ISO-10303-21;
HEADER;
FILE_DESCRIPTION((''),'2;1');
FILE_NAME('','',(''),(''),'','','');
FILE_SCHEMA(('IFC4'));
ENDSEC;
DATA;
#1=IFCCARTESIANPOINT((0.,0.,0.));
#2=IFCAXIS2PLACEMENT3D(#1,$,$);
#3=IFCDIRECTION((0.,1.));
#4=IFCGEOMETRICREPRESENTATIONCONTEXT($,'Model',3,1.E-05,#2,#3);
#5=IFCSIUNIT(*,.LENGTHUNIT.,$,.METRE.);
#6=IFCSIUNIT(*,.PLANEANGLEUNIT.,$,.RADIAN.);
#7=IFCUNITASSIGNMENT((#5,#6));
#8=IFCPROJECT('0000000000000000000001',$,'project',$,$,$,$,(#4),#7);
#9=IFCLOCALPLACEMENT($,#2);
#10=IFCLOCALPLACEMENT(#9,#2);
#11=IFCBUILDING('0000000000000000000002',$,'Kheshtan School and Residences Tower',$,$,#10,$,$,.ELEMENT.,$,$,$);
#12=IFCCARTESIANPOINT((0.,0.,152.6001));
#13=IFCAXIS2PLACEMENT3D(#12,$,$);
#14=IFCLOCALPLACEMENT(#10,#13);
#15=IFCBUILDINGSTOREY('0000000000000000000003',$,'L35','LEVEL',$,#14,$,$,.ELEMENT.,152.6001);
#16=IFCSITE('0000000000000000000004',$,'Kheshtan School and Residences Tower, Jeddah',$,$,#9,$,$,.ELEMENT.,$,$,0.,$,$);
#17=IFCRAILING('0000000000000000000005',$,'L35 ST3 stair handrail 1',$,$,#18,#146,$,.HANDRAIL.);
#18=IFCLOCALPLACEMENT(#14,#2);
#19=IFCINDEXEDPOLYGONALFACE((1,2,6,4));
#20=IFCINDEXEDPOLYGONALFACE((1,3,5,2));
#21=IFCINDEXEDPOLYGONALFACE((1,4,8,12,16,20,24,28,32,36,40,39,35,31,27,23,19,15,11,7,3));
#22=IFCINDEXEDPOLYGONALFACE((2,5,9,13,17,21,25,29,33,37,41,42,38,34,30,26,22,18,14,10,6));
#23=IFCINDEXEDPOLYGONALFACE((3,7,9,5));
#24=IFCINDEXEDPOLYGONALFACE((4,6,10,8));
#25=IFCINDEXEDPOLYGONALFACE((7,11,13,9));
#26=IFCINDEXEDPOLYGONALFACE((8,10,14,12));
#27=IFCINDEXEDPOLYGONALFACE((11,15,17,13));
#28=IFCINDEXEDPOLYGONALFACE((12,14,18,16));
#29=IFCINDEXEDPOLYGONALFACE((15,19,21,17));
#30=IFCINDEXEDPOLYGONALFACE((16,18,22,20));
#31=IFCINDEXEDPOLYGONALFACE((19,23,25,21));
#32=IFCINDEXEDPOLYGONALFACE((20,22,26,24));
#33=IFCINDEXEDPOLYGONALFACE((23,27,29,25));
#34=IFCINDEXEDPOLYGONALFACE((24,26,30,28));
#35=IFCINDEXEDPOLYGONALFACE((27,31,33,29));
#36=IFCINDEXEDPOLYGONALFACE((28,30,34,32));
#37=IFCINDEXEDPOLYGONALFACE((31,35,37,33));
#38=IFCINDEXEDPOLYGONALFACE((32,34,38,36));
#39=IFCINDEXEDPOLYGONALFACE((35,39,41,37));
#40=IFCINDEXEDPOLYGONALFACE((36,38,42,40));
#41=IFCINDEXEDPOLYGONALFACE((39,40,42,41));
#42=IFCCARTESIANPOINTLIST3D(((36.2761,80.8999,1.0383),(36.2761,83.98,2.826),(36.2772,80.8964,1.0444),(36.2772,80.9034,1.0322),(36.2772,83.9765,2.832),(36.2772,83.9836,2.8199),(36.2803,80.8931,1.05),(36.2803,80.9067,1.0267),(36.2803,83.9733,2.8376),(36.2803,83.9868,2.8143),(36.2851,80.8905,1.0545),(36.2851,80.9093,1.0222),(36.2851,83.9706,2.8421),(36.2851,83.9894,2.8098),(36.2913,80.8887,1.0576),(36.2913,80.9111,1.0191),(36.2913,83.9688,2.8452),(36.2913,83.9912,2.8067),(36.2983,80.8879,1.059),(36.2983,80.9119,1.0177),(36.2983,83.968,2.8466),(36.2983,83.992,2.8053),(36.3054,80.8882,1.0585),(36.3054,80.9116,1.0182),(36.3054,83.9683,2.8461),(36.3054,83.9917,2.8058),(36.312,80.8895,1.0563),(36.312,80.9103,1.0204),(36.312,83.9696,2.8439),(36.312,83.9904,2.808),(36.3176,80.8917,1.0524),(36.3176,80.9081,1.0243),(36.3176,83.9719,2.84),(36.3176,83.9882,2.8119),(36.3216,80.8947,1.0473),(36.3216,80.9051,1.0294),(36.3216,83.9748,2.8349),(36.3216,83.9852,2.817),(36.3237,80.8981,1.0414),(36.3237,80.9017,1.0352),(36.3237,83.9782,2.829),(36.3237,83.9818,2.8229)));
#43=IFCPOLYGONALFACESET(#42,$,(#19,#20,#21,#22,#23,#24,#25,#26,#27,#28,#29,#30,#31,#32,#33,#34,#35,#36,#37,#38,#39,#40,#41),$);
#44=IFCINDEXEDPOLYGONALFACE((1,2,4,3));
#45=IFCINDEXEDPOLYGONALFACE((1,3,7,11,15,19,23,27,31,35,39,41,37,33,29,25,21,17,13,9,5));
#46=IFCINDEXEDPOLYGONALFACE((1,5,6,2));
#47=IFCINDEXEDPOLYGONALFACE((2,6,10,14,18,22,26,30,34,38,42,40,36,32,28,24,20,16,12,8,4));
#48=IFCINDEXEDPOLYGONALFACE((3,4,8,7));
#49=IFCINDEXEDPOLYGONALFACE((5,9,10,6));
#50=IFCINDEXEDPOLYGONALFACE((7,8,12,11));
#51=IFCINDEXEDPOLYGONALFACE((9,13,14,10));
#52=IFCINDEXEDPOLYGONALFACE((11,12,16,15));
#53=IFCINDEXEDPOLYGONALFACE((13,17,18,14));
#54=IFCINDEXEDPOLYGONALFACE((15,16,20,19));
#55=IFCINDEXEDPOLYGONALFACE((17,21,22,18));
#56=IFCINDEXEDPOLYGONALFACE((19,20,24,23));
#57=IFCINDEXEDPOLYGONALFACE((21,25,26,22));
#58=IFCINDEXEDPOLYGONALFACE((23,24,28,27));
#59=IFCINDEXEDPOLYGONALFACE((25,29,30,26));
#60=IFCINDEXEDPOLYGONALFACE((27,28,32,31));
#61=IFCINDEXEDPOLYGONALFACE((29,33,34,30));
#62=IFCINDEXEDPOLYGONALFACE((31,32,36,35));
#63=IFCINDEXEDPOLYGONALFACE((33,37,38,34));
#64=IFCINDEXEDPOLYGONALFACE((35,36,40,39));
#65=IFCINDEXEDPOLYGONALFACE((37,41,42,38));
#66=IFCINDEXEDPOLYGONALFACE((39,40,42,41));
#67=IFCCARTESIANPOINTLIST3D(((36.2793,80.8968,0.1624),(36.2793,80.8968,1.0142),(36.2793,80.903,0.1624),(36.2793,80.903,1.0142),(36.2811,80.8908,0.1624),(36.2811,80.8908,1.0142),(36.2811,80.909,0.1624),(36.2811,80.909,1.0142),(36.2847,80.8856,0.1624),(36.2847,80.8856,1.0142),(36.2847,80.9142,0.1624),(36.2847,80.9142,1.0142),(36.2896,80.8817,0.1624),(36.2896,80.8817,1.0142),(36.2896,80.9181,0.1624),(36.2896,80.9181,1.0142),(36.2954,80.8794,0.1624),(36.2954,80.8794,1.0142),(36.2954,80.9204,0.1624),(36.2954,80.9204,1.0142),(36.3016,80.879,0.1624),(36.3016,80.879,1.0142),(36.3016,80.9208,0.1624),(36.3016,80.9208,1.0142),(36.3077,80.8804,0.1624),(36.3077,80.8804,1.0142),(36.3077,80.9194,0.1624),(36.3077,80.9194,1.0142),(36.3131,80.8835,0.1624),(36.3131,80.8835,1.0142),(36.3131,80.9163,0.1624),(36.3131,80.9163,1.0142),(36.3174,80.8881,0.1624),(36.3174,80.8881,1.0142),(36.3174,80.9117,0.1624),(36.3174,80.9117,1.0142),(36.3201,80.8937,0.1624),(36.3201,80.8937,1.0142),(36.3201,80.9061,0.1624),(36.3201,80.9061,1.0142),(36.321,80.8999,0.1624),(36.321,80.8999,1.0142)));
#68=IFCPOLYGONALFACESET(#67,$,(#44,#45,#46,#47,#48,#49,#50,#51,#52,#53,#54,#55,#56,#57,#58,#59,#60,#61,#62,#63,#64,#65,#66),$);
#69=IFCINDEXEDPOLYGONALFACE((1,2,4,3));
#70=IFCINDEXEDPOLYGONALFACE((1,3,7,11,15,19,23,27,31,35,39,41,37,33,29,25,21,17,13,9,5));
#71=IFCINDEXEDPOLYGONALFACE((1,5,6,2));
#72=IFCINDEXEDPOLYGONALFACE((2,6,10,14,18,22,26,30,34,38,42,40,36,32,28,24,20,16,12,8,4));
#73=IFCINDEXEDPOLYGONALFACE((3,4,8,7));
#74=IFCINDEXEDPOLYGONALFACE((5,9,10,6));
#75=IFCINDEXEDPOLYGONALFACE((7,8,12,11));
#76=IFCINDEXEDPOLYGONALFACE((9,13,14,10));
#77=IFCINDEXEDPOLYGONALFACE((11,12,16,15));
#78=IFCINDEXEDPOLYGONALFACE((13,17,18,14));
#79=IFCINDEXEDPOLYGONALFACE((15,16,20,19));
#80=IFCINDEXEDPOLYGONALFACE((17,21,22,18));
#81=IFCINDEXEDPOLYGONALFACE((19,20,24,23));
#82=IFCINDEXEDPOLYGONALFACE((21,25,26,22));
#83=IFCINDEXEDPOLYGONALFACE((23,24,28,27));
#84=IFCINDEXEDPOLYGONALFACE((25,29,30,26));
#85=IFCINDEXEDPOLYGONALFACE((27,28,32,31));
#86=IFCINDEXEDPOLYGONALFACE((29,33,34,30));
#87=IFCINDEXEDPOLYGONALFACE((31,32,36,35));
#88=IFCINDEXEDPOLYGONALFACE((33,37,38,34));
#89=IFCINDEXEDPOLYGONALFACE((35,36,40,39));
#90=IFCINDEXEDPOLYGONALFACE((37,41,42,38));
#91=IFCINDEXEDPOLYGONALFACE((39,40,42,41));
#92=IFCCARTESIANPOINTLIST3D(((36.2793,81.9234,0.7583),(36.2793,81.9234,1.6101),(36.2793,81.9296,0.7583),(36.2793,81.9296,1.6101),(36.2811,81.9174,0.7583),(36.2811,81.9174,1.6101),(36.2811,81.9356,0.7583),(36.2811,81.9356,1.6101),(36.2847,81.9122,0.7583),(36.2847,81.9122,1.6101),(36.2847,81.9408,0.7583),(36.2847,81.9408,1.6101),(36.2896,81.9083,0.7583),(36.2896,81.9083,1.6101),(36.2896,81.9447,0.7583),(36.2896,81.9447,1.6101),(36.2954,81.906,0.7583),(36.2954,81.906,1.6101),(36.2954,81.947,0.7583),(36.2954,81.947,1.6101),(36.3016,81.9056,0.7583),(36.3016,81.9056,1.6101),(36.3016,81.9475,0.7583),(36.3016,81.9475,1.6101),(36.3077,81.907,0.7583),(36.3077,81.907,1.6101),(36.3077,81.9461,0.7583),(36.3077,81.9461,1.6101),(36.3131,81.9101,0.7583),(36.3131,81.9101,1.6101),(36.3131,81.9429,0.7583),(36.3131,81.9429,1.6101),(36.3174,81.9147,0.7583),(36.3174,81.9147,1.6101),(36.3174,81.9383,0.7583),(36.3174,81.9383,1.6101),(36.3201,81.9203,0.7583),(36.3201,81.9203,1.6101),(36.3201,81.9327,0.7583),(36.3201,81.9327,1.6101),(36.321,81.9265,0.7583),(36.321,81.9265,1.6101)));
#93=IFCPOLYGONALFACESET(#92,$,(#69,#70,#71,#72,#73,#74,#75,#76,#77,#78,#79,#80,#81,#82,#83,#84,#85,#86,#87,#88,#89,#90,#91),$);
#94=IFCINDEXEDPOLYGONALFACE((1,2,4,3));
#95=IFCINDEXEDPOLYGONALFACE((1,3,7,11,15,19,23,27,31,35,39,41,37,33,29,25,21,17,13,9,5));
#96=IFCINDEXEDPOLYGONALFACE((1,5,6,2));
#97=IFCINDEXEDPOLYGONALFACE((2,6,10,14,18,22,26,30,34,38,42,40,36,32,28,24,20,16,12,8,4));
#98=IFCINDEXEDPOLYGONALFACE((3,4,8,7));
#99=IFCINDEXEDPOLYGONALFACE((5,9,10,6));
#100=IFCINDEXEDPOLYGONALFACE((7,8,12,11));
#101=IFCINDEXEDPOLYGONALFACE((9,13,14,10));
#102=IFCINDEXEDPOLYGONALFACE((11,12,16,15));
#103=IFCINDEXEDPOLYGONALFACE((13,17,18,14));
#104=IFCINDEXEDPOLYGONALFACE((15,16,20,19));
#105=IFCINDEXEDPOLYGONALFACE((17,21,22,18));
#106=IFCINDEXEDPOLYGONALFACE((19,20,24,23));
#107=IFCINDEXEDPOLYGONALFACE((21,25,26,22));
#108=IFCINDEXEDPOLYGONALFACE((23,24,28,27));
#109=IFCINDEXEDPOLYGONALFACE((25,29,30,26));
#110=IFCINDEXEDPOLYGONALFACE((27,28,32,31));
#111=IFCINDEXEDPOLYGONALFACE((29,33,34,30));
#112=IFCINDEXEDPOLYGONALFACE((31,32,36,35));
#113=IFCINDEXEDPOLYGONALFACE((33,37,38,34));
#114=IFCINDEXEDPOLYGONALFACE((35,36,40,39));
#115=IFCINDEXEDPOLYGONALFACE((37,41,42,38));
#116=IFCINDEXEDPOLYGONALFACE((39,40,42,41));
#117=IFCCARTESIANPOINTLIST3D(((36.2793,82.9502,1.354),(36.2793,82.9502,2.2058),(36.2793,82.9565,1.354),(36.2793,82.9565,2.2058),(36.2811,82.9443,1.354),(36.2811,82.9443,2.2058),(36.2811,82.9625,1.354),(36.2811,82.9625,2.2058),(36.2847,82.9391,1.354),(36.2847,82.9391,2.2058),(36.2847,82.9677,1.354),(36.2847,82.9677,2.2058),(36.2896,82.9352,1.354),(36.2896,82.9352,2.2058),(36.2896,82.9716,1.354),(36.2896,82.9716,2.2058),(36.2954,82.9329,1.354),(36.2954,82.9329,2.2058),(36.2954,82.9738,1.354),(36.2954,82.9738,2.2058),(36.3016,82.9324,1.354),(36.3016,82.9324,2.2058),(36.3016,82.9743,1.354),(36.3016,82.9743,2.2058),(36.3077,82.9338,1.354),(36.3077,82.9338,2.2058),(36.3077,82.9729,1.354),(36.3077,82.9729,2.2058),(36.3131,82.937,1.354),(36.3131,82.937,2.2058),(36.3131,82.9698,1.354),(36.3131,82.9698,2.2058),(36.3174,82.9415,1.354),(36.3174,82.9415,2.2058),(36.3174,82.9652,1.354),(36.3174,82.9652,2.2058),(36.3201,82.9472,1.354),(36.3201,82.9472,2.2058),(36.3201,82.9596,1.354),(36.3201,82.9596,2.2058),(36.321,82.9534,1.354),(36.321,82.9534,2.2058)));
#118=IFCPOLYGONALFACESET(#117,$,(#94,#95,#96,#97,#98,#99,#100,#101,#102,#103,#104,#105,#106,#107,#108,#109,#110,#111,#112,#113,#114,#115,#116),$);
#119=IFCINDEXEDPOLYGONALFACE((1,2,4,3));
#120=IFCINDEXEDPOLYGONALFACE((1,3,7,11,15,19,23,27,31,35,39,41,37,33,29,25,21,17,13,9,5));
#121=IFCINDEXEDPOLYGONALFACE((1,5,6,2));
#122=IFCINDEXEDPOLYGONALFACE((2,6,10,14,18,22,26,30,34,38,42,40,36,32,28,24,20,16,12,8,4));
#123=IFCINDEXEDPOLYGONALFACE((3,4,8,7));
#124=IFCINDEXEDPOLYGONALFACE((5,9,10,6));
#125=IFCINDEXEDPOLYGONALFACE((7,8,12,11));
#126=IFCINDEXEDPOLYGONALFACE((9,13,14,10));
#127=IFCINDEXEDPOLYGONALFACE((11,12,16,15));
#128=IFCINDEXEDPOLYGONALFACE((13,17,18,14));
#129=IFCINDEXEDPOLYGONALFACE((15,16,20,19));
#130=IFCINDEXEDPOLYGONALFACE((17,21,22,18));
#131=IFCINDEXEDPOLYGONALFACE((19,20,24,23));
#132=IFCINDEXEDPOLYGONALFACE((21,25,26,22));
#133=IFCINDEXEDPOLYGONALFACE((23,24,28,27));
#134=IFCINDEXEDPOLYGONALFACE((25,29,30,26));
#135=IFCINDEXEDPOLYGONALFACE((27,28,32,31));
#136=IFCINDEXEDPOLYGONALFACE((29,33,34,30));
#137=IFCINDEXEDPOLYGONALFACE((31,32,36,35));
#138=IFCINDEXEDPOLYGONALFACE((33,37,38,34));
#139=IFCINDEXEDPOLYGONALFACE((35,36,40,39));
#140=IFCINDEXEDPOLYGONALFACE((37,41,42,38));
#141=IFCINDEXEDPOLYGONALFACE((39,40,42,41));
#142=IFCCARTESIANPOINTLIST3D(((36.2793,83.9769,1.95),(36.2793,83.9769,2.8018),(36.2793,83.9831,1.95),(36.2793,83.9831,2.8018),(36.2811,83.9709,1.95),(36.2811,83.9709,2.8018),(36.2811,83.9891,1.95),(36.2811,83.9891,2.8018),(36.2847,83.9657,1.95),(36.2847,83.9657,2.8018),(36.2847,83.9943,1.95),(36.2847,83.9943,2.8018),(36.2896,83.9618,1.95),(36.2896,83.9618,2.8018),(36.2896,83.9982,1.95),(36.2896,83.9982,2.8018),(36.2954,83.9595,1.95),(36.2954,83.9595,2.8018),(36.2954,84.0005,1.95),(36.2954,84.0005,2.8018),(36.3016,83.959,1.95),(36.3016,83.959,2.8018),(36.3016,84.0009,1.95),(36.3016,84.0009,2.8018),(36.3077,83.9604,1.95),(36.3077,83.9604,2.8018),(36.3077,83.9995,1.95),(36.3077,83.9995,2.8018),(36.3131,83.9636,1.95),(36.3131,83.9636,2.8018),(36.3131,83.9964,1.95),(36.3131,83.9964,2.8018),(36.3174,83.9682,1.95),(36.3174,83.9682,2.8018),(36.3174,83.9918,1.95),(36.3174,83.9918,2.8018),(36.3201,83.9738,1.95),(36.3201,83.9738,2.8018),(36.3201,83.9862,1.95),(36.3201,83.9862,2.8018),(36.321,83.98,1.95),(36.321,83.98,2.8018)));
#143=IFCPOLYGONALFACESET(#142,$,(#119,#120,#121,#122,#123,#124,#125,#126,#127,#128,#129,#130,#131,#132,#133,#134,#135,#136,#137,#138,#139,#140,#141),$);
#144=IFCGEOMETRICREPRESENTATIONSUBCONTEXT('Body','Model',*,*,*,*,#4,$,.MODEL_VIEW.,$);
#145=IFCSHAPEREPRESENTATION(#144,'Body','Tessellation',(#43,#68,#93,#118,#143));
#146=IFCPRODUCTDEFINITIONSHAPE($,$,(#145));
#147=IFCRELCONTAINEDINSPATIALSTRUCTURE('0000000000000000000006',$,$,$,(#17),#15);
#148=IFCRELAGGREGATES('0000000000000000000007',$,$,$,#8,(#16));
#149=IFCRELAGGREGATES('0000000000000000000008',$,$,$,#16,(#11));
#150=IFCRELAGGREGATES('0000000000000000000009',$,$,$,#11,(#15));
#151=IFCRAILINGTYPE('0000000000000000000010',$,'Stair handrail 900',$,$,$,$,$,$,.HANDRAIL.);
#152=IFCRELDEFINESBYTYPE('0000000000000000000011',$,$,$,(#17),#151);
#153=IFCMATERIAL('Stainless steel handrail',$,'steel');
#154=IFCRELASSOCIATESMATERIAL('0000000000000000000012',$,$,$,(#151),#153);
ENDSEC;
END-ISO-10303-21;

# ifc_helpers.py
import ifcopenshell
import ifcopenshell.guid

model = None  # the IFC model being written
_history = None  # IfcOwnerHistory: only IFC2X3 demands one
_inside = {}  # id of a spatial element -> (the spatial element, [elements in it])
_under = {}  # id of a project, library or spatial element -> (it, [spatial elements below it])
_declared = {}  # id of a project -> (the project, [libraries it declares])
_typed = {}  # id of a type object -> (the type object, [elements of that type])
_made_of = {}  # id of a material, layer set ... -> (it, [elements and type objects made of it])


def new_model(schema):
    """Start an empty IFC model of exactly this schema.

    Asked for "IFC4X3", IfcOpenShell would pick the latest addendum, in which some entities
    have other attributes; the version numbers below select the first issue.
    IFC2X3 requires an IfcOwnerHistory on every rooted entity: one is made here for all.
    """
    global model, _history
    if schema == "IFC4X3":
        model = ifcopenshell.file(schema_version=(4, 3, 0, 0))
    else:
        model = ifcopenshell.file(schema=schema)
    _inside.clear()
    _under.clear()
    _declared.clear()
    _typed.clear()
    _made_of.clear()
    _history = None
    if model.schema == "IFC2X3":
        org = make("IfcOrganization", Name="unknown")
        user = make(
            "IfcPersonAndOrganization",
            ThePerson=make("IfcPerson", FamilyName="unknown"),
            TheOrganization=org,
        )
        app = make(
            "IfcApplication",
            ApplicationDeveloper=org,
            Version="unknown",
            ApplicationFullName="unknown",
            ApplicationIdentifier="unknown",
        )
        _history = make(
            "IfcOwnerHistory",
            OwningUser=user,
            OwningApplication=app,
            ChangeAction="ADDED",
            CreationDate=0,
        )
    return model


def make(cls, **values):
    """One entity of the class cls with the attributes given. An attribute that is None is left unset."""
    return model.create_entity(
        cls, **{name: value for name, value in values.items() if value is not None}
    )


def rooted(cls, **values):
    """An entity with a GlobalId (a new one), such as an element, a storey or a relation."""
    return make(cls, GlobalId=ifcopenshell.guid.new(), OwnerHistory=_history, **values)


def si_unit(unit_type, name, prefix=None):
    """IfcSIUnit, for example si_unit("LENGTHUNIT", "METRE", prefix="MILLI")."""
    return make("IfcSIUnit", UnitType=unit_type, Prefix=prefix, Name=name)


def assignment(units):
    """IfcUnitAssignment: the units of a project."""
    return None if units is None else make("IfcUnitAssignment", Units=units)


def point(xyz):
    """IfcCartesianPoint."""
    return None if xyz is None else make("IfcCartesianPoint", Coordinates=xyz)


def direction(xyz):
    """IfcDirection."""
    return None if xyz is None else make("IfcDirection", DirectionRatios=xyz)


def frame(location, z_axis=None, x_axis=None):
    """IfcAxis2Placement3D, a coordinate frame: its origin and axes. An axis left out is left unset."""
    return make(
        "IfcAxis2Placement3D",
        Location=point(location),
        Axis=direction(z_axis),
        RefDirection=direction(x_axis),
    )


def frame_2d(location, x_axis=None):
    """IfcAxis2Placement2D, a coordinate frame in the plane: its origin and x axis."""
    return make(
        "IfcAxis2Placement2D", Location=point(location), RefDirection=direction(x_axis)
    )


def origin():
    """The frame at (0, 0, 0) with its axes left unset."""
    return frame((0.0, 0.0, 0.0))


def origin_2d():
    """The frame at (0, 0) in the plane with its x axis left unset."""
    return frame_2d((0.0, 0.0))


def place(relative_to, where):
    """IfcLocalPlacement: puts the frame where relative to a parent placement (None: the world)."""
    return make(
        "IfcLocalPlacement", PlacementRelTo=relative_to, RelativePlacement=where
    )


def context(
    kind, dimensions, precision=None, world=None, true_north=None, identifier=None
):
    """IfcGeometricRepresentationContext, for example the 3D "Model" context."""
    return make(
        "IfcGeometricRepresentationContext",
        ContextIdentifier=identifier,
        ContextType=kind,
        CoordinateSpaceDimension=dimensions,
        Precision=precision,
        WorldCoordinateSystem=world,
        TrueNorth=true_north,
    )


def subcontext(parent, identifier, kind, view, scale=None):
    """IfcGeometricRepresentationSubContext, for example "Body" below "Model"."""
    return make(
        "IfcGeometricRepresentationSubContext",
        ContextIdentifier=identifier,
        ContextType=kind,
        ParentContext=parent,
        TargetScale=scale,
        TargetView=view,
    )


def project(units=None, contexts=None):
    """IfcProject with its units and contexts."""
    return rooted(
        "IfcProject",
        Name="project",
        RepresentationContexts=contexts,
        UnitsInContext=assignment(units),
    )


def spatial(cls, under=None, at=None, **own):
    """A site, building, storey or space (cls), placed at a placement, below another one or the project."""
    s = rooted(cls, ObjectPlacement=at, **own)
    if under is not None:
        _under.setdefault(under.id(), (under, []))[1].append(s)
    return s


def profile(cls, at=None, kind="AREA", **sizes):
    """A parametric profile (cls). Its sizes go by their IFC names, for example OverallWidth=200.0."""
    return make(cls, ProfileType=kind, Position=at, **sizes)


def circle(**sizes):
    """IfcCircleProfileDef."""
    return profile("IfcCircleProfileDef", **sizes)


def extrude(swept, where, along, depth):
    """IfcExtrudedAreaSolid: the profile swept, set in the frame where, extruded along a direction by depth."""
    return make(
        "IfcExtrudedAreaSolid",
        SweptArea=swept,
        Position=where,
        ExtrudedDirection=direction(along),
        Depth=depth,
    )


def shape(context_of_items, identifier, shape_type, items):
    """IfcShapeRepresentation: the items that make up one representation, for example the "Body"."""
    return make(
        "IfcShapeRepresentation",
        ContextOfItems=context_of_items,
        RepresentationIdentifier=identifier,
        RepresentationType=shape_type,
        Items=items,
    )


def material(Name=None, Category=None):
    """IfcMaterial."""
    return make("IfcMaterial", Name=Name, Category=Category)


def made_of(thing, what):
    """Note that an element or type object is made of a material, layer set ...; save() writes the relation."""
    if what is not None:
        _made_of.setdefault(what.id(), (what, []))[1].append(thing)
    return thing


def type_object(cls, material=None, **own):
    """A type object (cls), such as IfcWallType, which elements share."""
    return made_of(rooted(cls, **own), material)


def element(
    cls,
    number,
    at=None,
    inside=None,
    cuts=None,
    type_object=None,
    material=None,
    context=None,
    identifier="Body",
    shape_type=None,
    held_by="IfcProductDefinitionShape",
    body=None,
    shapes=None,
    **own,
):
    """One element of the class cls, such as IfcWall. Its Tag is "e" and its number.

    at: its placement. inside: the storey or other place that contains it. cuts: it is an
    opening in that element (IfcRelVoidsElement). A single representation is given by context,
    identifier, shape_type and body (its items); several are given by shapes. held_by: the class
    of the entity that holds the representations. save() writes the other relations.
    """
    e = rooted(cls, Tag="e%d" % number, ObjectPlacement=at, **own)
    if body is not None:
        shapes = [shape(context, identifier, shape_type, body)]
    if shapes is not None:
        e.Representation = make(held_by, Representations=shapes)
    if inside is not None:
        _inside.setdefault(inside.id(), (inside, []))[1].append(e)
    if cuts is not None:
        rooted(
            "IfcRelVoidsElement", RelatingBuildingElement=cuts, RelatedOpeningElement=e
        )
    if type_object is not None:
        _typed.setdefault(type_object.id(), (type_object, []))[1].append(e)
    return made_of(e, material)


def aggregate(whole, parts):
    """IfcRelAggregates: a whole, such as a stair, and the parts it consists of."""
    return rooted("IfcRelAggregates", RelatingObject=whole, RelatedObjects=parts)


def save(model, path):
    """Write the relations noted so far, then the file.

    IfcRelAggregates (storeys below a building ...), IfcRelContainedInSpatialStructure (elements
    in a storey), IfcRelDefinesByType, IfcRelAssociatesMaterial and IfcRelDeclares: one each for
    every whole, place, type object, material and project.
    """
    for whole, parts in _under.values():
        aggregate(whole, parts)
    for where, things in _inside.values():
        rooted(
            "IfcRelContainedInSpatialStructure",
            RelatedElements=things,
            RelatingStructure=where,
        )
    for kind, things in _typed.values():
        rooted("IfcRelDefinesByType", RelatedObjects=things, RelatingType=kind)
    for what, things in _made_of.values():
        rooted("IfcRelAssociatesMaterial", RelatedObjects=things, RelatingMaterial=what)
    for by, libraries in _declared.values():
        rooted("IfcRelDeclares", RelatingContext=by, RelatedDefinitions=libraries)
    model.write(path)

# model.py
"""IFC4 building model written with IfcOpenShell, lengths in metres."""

from ifc_helpers import new_model, si_unit, direction, frame, origin, origin_2d, place, context, subcontext, project, spatial, circle, extrude, material, type_object, element, save


model = new_model("IFC4")

# Units and contexts
model_context = context("Model", 3, precision=1e-05, world=origin(), true_north=direction((0.0, 1.0)))
body_context = subcontext(model_context, "Body", "Model", "MODEL_VIEW")
ifc_project = project(units=[si_unit("LENGTHUNIT", "METRE"), si_unit("PLANEANGLEUNIT", "RADIAN")], contexts=[model_context])

# Site, building, storey
site_placement = place(None, origin())
site = spatial("IfcSite", under=ifc_project, at=site_placement, Name="Kheshtan School and Residences Tower, Jeddah", CompositionType="ELEMENT", RefElevation=0.0)
building_placement = place(site_placement, origin())
building = spatial("IfcBuilding", under=site, at=building_placement, Name="Kheshtan School and Residences Tower", CompositionType="ELEMENT")
storey_placement = place(building_placement, frame((0.0, 0.0, 152.6001)))
storey = spatial("IfcBuildingStorey", under=building, at=storey_placement, Name="L35", Description="LEVEL", CompositionType="ELEMENT", Elevation=152.6001)

# Railing
ifc_material_1 = material(Name="Stainless steel handrail", Category="steel")
railing_type_1 = type_object("IfcRailingType", Name="Stair handrail 900", PredefinedType="HANDRAIL", material=ifc_material_1)
railing_1_placement = place(storey_placement, frame((36.3, 80.8999, 0.1624)))
element("IfcRailing", 1, at=railing_1_placement, inside=storey, type_object=railing_type_1, Name="L35 ST3 stair handrail 1", PredefinedType="HANDRAIL", context=body_context, shape_type="SweptSolid", body=[
    extrude(circle(Radius=0.0239, at=origin_2d()), frame((0.0, 0.0, 0.876), z_axis=(0.0, 0.864891, 0.50196), x_axis=(-1.0, 0.0, 0.0)), (0.0, 0.0, 1.0), 3.5613),
    extrude(circle(Radius=0.021, at=origin_2d()), origin(), (0.0, 0.0, 1.0), 0.8518),
    extrude(circle(Radius=0.021, at=origin_2d()), frame((0.0, 1.0266, 0.5959)), (0.0, 0.0, 1.0), 0.8518),
    extrude(circle(Radius=0.021, at=origin_2d()), frame((0.0, 2.0535, 1.1917)), (0.0, 0.0, 1.0), 0.8518),
    extrude(circle(Radius=0.021, at=origin_2d()), frame((0.0, 3.0801, 1.7876)), (0.0, 0.0, 1.0), 0.8518),
])

save(model, "model.ifc")
